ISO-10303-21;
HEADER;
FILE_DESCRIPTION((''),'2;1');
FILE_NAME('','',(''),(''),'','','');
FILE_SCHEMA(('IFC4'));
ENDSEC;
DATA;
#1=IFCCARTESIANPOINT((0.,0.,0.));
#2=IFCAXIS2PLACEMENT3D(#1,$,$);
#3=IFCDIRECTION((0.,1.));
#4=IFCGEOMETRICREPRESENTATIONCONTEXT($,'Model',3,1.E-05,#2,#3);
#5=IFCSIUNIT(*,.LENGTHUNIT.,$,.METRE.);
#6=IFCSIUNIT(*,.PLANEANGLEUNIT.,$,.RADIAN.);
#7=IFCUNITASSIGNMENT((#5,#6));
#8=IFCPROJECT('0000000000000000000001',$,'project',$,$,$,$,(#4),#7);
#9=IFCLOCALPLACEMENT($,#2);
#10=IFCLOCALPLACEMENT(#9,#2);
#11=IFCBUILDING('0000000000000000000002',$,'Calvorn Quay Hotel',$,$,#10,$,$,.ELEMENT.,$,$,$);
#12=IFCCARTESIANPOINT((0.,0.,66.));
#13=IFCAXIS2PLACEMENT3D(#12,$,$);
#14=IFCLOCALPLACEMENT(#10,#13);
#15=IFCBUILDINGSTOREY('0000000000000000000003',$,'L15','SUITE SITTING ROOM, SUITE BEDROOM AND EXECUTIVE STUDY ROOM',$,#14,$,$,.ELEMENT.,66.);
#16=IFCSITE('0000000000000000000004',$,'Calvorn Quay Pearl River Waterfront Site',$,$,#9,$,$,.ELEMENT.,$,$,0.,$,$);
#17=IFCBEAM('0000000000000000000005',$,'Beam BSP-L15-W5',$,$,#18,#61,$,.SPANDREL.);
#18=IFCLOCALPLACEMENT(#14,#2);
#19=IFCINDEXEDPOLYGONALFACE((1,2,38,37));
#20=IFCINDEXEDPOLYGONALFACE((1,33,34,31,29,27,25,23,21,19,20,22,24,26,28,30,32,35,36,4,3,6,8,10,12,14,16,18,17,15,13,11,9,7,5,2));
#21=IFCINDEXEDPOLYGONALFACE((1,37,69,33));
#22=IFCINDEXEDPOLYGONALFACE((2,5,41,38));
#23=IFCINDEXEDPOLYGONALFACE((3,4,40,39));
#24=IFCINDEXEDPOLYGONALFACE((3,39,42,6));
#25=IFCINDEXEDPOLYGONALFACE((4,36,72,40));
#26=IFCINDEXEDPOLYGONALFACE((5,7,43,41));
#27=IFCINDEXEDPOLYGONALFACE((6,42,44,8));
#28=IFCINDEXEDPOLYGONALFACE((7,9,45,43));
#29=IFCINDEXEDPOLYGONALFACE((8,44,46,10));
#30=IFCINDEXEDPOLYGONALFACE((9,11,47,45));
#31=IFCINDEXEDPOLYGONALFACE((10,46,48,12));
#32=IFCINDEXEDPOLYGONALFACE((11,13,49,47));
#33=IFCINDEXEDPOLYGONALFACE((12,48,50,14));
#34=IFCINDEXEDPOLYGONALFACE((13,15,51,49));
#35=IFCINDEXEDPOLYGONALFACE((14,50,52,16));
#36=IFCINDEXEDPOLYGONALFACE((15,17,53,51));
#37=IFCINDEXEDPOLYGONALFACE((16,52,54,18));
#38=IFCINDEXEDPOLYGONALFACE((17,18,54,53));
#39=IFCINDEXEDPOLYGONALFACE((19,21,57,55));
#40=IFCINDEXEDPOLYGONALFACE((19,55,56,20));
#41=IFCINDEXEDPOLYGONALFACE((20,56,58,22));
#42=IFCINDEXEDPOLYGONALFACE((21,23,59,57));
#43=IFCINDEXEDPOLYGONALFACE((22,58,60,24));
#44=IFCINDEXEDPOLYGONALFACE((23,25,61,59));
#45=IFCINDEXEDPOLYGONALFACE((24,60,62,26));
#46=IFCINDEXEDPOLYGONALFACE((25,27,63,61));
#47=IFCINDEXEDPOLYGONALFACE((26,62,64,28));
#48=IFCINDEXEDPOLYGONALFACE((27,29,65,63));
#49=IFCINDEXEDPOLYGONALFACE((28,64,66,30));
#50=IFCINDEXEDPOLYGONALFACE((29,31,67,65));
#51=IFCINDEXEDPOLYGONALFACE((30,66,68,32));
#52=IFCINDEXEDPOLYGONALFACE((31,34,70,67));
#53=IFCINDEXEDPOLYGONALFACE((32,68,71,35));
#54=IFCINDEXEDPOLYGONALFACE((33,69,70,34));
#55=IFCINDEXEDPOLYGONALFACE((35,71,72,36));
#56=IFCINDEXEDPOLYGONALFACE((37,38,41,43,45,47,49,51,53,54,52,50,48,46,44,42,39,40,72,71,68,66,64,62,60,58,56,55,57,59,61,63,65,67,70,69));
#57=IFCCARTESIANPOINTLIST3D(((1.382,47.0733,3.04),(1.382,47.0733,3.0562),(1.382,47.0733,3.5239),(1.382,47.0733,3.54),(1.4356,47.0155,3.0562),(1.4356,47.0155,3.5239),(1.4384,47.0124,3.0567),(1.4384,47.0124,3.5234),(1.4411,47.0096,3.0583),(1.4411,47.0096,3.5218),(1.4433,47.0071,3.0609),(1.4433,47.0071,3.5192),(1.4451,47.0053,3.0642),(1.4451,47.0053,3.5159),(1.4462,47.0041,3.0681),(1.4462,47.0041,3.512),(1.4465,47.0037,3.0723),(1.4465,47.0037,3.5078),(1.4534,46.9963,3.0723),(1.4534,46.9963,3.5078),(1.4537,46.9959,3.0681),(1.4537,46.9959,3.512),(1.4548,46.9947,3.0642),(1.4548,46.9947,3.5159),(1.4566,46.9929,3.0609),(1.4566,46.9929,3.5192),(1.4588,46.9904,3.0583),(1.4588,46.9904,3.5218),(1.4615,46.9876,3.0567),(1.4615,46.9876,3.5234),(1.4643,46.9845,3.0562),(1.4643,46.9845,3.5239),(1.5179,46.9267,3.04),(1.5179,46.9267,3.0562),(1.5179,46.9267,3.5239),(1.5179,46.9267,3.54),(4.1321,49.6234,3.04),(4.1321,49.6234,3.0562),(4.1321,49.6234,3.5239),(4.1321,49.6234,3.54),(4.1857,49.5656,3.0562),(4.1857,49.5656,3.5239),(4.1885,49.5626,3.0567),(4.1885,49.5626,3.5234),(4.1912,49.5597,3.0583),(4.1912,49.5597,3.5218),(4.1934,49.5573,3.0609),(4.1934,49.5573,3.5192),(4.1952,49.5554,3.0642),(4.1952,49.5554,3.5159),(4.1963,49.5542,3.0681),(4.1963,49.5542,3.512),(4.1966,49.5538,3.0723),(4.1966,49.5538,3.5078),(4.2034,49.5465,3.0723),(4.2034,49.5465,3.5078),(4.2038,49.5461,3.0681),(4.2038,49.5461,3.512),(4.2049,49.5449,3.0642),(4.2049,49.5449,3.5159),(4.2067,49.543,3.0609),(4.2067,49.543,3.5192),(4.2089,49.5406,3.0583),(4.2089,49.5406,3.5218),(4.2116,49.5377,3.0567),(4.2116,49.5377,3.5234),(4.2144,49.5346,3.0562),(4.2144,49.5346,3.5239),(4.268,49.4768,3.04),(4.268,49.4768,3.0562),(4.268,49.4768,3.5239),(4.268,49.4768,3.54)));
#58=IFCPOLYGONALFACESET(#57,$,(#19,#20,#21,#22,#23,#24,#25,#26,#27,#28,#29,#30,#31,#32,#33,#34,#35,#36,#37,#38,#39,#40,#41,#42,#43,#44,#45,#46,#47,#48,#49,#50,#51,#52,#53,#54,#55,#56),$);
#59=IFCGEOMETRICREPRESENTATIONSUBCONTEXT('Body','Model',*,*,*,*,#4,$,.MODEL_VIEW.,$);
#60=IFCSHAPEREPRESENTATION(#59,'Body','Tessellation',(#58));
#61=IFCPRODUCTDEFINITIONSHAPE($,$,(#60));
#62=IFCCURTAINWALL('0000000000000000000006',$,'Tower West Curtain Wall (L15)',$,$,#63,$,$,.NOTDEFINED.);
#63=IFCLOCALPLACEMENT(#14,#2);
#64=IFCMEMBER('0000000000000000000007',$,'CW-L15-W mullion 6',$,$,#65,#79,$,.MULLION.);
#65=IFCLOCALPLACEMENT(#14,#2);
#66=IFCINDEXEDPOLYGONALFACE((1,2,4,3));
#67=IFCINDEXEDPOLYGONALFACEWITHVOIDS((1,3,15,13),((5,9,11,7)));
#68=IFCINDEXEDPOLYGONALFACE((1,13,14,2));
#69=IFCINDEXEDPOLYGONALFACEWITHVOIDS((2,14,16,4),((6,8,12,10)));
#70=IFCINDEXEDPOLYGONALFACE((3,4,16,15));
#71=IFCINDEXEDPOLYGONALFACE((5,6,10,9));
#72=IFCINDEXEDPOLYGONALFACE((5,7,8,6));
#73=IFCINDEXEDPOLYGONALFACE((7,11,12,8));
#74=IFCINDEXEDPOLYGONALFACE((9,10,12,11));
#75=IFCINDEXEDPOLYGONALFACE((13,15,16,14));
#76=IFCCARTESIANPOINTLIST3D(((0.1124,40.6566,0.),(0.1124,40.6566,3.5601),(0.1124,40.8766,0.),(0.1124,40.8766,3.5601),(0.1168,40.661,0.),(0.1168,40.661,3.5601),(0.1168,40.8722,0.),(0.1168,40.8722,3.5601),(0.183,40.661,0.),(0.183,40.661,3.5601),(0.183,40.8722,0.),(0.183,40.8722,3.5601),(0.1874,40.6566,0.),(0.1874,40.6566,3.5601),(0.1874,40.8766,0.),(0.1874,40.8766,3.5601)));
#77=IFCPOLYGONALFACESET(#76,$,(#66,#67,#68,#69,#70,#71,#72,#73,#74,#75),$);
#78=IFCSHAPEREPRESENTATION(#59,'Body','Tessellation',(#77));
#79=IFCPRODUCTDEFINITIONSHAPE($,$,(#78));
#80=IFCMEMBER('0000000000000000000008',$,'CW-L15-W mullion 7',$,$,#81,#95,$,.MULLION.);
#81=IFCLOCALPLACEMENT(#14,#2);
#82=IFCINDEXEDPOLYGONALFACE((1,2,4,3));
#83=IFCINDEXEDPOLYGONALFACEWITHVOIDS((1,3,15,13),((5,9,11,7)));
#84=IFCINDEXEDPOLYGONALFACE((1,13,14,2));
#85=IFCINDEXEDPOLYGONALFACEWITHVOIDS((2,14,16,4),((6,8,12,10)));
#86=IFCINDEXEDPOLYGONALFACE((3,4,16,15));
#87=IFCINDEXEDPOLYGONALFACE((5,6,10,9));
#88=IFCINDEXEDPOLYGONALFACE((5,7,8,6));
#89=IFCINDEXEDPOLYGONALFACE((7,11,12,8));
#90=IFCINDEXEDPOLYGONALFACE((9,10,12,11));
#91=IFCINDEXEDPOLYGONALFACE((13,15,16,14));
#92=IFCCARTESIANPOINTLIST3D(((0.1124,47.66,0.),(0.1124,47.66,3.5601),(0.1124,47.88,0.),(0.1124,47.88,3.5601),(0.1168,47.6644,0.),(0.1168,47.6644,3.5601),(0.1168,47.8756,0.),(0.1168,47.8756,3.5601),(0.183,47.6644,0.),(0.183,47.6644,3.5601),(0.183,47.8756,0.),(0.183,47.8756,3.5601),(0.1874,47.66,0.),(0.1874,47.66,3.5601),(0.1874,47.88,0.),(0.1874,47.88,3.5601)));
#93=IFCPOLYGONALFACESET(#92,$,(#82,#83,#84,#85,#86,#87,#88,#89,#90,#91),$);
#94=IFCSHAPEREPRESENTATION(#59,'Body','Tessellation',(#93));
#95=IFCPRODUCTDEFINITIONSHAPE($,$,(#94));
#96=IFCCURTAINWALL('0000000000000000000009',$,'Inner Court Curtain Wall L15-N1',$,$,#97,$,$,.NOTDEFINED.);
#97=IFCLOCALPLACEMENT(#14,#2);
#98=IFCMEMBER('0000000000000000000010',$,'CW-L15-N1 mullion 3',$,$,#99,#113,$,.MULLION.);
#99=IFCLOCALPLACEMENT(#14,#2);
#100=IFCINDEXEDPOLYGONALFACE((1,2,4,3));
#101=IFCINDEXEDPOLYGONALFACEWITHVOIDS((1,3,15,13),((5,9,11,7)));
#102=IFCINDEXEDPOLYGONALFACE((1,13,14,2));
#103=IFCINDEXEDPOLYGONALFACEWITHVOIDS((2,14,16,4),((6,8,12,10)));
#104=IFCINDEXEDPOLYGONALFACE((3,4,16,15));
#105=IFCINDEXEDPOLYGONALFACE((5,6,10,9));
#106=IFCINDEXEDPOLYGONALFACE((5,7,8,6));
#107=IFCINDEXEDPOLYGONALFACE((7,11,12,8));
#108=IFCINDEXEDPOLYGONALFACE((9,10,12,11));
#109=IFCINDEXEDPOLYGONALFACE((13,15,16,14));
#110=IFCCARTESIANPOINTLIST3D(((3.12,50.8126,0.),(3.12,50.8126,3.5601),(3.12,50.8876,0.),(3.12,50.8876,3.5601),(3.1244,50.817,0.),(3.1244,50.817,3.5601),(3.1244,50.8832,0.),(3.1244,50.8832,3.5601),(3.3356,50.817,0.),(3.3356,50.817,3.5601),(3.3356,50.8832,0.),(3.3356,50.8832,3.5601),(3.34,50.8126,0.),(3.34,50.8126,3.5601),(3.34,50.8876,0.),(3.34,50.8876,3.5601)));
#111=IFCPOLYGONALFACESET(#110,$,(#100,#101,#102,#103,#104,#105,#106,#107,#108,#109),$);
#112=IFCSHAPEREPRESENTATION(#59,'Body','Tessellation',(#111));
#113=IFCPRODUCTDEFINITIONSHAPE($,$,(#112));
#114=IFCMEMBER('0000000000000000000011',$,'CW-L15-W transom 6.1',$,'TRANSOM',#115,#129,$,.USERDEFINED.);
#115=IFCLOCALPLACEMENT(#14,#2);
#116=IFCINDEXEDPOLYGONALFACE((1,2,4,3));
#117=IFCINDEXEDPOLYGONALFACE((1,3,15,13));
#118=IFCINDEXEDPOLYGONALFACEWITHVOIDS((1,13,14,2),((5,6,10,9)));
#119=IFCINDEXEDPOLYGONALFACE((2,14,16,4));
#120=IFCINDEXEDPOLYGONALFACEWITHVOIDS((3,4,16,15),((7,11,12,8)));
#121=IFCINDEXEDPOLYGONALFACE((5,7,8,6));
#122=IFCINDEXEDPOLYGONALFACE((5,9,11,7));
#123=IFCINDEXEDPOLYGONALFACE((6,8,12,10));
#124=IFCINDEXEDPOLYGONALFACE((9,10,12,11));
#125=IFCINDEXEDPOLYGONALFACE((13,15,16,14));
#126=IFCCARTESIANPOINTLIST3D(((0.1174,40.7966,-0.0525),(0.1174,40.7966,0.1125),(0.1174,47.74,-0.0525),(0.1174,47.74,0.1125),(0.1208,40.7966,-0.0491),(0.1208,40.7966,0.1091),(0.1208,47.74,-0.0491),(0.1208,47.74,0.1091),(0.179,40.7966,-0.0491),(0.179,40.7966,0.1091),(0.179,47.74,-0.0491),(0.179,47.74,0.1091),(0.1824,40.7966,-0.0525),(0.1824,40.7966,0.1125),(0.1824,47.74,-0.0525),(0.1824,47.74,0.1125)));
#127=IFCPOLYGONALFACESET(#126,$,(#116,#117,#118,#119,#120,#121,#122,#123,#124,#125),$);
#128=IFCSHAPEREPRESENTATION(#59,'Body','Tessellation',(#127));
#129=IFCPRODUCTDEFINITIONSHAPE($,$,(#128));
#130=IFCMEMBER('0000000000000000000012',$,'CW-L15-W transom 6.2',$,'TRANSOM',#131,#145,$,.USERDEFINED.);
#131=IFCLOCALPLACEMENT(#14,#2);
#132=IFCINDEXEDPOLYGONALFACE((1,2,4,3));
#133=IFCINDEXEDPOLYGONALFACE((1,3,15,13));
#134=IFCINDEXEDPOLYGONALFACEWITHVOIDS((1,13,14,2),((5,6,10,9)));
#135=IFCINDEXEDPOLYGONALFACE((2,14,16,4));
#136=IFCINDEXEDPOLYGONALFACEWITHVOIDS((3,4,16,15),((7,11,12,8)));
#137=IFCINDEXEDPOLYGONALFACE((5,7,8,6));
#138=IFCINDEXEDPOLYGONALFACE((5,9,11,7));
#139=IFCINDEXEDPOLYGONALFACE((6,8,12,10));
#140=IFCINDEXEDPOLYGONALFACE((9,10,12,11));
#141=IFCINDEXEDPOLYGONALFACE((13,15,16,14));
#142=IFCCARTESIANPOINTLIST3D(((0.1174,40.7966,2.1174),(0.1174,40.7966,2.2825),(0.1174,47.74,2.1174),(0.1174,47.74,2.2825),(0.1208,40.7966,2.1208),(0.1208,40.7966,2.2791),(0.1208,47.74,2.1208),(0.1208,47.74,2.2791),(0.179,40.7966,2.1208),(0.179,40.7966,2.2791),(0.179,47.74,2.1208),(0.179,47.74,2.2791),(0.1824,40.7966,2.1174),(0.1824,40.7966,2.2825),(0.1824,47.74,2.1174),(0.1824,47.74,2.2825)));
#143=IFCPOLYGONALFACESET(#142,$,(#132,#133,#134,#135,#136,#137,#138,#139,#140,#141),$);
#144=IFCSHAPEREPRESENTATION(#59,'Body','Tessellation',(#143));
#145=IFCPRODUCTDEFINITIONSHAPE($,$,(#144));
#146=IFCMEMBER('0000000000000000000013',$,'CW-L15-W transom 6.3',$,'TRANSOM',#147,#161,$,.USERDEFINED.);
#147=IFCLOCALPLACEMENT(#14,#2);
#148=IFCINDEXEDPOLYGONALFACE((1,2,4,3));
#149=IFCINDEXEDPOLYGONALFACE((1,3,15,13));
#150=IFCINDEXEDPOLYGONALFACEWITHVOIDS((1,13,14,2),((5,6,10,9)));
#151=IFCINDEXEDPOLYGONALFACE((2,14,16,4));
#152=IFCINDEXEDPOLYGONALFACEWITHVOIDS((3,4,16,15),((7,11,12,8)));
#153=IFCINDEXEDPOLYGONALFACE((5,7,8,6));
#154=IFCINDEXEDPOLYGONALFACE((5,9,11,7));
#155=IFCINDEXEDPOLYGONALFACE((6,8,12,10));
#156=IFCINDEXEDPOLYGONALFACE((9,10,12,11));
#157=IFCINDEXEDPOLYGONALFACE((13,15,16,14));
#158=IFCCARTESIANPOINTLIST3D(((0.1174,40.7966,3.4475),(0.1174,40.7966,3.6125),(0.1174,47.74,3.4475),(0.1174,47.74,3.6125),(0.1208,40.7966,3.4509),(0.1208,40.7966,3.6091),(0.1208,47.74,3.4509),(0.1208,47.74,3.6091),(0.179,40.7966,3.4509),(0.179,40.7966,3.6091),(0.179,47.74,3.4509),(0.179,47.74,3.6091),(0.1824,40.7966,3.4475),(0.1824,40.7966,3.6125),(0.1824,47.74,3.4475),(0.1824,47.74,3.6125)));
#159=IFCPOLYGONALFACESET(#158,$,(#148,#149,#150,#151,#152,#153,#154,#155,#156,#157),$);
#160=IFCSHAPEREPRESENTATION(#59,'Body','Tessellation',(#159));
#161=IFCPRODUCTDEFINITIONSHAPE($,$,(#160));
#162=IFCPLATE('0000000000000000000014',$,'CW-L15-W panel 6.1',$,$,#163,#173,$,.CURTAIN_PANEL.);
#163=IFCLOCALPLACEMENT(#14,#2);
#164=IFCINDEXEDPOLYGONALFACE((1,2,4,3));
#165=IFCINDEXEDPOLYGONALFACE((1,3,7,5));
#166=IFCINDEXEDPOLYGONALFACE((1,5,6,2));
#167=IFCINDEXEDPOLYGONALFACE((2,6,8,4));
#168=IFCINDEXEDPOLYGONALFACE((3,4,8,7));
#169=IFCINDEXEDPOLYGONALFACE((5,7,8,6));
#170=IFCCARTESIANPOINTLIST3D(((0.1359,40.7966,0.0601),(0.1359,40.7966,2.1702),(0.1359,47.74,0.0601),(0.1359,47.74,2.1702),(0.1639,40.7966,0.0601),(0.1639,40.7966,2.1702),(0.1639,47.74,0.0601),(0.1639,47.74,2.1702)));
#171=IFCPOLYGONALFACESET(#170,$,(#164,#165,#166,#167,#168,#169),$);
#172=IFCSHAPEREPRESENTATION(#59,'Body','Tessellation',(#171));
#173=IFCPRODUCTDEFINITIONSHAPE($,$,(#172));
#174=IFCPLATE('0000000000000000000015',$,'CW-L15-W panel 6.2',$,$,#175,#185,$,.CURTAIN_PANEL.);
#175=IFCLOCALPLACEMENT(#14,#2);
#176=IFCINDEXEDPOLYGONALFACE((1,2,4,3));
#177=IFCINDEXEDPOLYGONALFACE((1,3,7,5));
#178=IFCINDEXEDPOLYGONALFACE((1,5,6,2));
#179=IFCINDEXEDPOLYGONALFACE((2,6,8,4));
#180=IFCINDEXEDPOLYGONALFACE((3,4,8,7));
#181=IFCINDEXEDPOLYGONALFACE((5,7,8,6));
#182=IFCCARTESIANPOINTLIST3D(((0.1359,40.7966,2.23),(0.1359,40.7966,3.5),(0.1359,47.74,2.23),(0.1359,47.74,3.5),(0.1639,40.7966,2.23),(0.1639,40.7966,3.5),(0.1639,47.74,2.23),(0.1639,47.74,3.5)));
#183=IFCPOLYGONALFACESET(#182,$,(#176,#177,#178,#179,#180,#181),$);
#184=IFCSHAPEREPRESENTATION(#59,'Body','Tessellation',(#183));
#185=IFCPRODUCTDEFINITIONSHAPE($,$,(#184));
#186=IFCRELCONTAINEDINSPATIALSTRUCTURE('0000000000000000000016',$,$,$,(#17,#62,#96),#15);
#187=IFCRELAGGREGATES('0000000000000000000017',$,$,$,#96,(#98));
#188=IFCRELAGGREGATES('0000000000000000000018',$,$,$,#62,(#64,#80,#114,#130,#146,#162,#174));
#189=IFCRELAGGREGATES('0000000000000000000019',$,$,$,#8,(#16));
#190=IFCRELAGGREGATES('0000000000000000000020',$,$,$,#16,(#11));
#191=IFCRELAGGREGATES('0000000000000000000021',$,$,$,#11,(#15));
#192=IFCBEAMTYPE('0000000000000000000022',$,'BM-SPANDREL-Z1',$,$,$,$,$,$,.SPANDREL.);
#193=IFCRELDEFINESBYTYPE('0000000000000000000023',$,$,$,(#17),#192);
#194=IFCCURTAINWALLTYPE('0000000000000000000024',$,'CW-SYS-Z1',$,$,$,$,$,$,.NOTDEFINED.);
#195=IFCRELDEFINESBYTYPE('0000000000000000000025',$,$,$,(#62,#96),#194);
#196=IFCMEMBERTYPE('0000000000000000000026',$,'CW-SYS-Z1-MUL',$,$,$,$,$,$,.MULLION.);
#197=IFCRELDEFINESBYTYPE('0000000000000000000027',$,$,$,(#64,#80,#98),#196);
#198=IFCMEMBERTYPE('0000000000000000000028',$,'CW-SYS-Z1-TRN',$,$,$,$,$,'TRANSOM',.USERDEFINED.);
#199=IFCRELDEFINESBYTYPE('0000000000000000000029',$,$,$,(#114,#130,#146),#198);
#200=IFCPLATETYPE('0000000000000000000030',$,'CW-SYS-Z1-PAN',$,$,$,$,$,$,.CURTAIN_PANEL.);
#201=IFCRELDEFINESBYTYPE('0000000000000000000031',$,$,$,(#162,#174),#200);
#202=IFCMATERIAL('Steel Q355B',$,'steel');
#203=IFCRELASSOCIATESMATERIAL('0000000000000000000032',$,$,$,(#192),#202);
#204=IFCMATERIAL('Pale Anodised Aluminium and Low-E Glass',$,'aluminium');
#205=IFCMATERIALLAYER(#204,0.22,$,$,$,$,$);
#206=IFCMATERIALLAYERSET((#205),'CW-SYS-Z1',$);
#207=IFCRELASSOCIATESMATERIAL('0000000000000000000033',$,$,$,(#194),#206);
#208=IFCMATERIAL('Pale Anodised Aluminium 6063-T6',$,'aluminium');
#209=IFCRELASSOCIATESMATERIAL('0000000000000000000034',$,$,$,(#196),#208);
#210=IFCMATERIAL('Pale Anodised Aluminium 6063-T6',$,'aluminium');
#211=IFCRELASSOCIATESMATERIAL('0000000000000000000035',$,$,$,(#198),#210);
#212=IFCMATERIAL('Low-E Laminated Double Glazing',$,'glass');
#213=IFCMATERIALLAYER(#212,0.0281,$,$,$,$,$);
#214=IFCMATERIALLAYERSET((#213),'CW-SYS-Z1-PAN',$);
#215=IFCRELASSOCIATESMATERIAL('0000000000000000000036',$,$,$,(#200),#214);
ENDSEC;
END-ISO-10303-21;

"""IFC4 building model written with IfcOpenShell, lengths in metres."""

from ifc_helpers import new_model, si_unit, direction, frame, origin, origin_2d, place, context, subcontext, project, spatial, rectangle, hollow_rectangle, i_section, extrude, material, layer, layer_set, material_profile, profile_set, type_object, element, aggregate, save


model = new_model("IFC4")

# Units and contexts
model_context = context("Model", 3, precision=1e-05, world=origin(), true_north=direction((0.0, 1.0)))
body_context = subcontext(model_context, "Body", "Model", "MODEL_VIEW")
ifc_project = project(units=[si_unit("LENGTHUNIT", "METRE"), si_unit("PLANEANGLEUNIT", "RADIAN")], contexts=[model_context])

# Site, building, storey
site_placement = place(None, origin())
site = spatial("IfcSite", under=ifc_project, at=site_placement, Name="Calvorn Quay Pearl River Waterfront Site", CompositionType="ELEMENT", RefElevation=0.0)
building_placement = place(site_placement, origin())
building = spatial("IfcBuilding", under=site, at=building_placement, Name="Calvorn Quay Hotel", CompositionType="ELEMENT")
storey_placement = place(building_placement, frame((0.0, 0.0, 66.0)))
storey = spatial("IfcBuildingStorey", under=building, at=storey_placement, Name="L15", Description="SUITE SITTING ROOM, SUITE BEDROOM AND EXECUTIVE STUDY ROOM", CompositionType="ELEMENT", Elevation=66.0)

# Beam
ifc_material_1 = material(Name="Steel Q355B", Category="steel")
ifc_material_profile_1 = material_profile(ifc_material_1, i_section(OverallWidth=0.2, OverallDepth=0.5, WebThickness=0.01, FlangeThickness=0.0161, FilletRadius=0.0161, at=origin_2d()), Name="HN500x200x10x16")
ifc_profile_set_1 = profile_set([ifc_material_profile_1], Name="Steel Q355B")
beam_type_1 = type_object("IfcBeamType", Name="BM-SPANDREL-Z1", PredefinedType="SPANDREL", material=ifc_profile_set_1)
beam_1_placement = place(storey_placement, frame((1.45, 47.0, 3.29), z_axis=(0.733262, 0.679947, 0.0), x_axis=(-0.679947, 0.733262, 0.0)))
element("IfcBeam", 1, at=beam_1_placement, inside=storey, type_object=beam_type_1, Name="Beam BSP-L15-W5", PredefinedType="SPANDREL", context=body_context, shape_type="SweptSolid", body=[
    extrude(i_section(OverallWidth=0.2, OverallDepth=0.5, WebThickness=0.01, FlangeThickness=0.0161, FilletRadius=0.0161, at=origin_2d()), origin(), (0.0, 0.0, 1.0), 3.7505),
])

# Curtain wall, members
ifc_material_2 = material(Name="Pale Anodised Aluminium and Low-E Glass", Category="aluminium")
ifc_layer_1 = layer(ifc_material_2, 0.22)
ifc_layer_set_1 = layer_set([ifc_layer_1], Name="CW-SYS-Z1")
curtain_wall_type = type_object("IfcCurtainWallType", Name="CW-SYS-Z1", PredefinedType="NOTDEFINED", material=ifc_layer_set_1)
curtain_wall_1_placement = place(storey_placement, origin())
curtain_wall_1 = element("IfcCurtainWall", 2, at=curtain_wall_1_placement, inside=storey, type_object=curtain_wall_type, Name="Tower West Curtain Wall (L15)", PredefinedType="NOTDEFINED")
ifc_material_3 = material(Name="Pale Anodised Aluminium 6063-T6", Category="aluminium")
ifc_material_profile_2 = material_profile(ifc_material_3, hollow_rectangle(XDim=0.075, YDim=0.22, WallThickness=0.0044, at=origin_2d()), Name="ALU-M220x75x4.5")
ifc_profile_set_2 = profile_set([ifc_material_profile_2], Name="Pale Anodised Aluminium 6063-T6")
member_type_1 = type_object("IfcMemberType", Name="CW-SYS-Z1-MUL", PredefinedType="MULLION", material=ifc_profile_set_2)
member_1_placement = place(storey_placement, frame((0.1499, 40.7666, 0.0), z_axis=(0.0, 0.0, 1.0), x_axis=(-1.0, 0.0, 0.0)))
member_1 = element("IfcMember", 3, at=member_1_placement, type_object=member_type_1, Name="CW-L15-W mullion 6", PredefinedType="MULLION", context=body_context, shape_type="SweptSolid", body=[
    extrude(hollow_rectangle(XDim=0.075, YDim=0.22, WallThickness=0.0044, at=origin_2d()), origin(), (0.0, 0.0, 1.0), 3.5601),
])
member_2_placement = place(storey_placement, frame((0.1499, 47.77, 0.0), z_axis=(0.0, 0.0, 1.0), x_axis=(-1.0, 0.0, 0.0)))
member_2 = element("IfcMember", 4, at=member_2_placement, type_object=member_type_1, Name="CW-L15-W mullion 7", PredefinedType="MULLION", context=body_context, shape_type="SweptSolid", body=[
    extrude(hollow_rectangle(XDim=0.075, YDim=0.22, WallThickness=0.0044, at=origin_2d()), origin(), (0.0, 0.0, 1.0), 3.5601),
])

# Curtain wall, member
curtain_wall_2_placement = place(storey_placement, origin())
curtain_wall_2 = element("IfcCurtainWall", 5, at=curtain_wall_2_placement, inside=storey, type_object=curtain_wall_type, Name="Inner Court Curtain Wall L15-N1", PredefinedType="NOTDEFINED")
member_3_placement = place(storey_placement, frame((3.23, 50.8501, 0.0), z_axis=(0.0, 0.0, 1.0), x_axis=(0.0, -1.0, 0.0)))
member_3 = element("IfcMember", 6, at=member_3_placement, type_object=member_type_1, Name="CW-L15-N1 mullion 3", PredefinedType="MULLION", context=body_context, shape_type="SweptSolid", body=[
    extrude(hollow_rectangle(XDim=0.075, YDim=0.22, WallThickness=0.0044, at=origin_2d()), origin(), (0.0, 0.0, 1.0), 3.5601),
])
aggregate(curtain_wall_2, [member_3])

# Members
ifc_material_4 = material(Name="Pale Anodised Aluminium 6063-T6", Category="aluminium")
ifc_material_profile_3 = material_profile(ifc_material_4, hollow_rectangle(XDim=0.0649, YDim=0.165, WallThickness=0.0034, at=origin_2d()), Name="ALU-T165x65x3.5")
ifc_profile_set_3 = profile_set([ifc_material_profile_3], Name="Pale Anodised Aluminium 6063-T6")
member_type_2 = type_object("IfcMemberType", Name="CW-SYS-Z1-TRN", ElementType="TRANSOM", PredefinedType="USERDEFINED", material=ifc_profile_set_3)
member_4_placement = place(storey_placement, frame((0.1499, 40.7966, 0.03), z_axis=(0.0, 1.0, 0.0), x_axis=(-1.0, 0.0, 0.0)))
member_4 = element("IfcMember", 7, at=member_4_placement, type_object=member_type_2, Name="CW-L15-W transom 6.1", ObjectType="TRANSOM", PredefinedType="USERDEFINED", context=body_context, shape_type="SweptSolid", body=[
    extrude(hollow_rectangle(XDim=0.0649, YDim=0.165, WallThickness=0.0034, at=origin_2d()), origin(), (0.0, 0.0, 1.0), 6.9434),
])
member_5_placement = place(storey_placement, frame((0.1499, 40.7966, 2.2), z_axis=(0.0, 1.0, 0.0), x_axis=(-1.0, 0.0, 0.0)))
member_5 = element("IfcMember", 8, at=member_5_placement, type_object=member_type_2, Name="CW-L15-W transom 6.2", ObjectType="TRANSOM", PredefinedType="USERDEFINED", context=body_context, shape_type="SweptSolid", body=[
    extrude(hollow_rectangle(XDim=0.0649, YDim=0.165, WallThickness=0.0034, at=origin_2d()), origin(), (0.0, 0.0, 1.0), 6.9434),
])
member_6_placement = place(storey_placement, frame((0.1499, 40.7966, 3.53), z_axis=(0.0, 1.0, 0.0), x_axis=(-1.0, 0.0, 0.0)))
member_6 = element("IfcMember", 9, at=member_6_placement, type_object=member_type_2, Name="CW-L15-W transom 6.3", ObjectType="TRANSOM", PredefinedType="USERDEFINED", context=body_context, shape_type="SweptSolid", body=[
    extrude(hollow_rectangle(XDim=0.0649, YDim=0.165, WallThickness=0.0034, at=origin_2d()), origin(), (0.0, 0.0, 1.0), 6.9434),
])

# Plates
ifc_material_5 = material(Name="Low-E Laminated Double Glazing", Category="glass")
ifc_layer_2 = layer(ifc_material_5, 0.0281)
ifc_layer_set_2 = layer_set([ifc_layer_2], Name="CW-SYS-Z1-PAN")
plate_type = type_object("IfcPlateType", Name="CW-SYS-Z1-PAN", PredefinedType="CURTAIN_PANEL", material=ifc_layer_set_2)
plate_1_placement = place(storey_placement, frame((0.1499, 44.2683, 0.0601), z_axis=(0.0, 0.0, 1.0), x_axis=(0.0, 1.0, 0.0)))
plate_1 = element("IfcPlate", 10, at=plate_1_placement, type_object=plate_type, Name="CW-L15-W panel 6.1", PredefinedType="CURTAIN_PANEL", context=body_context, shape_type="SweptSolid", body=[
    extrude(rectangle(XDim=6.9434, YDim=0.0281, at=origin_2d()), origin(), (0.0, 0.0, 1.0), 2.1101),
])
plate_2_placement = place(storey_placement, frame((0.1499, 44.2683, 2.23), z_axis=(0.0, 0.0, 1.0), x_axis=(0.0, 1.0, 0.0)))
plate_2 = element("IfcPlate", 11, at=plate_2_placement, type_object=plate_type, Name="CW-L15-W panel 6.2", PredefinedType="CURTAIN_PANEL", context=body_context, shape_type="SweptSolid", body=[
    extrude(rectangle(XDim=6.9434, YDim=0.0281, at=origin_2d()), origin(), (0.0, 0.0, 1.0), 1.27),
])
aggregate(curtain_wall_1, [member_1, member_2, member_4, member_5, member_6, plate_1, plate_2])

save(model, "model.ifc")
